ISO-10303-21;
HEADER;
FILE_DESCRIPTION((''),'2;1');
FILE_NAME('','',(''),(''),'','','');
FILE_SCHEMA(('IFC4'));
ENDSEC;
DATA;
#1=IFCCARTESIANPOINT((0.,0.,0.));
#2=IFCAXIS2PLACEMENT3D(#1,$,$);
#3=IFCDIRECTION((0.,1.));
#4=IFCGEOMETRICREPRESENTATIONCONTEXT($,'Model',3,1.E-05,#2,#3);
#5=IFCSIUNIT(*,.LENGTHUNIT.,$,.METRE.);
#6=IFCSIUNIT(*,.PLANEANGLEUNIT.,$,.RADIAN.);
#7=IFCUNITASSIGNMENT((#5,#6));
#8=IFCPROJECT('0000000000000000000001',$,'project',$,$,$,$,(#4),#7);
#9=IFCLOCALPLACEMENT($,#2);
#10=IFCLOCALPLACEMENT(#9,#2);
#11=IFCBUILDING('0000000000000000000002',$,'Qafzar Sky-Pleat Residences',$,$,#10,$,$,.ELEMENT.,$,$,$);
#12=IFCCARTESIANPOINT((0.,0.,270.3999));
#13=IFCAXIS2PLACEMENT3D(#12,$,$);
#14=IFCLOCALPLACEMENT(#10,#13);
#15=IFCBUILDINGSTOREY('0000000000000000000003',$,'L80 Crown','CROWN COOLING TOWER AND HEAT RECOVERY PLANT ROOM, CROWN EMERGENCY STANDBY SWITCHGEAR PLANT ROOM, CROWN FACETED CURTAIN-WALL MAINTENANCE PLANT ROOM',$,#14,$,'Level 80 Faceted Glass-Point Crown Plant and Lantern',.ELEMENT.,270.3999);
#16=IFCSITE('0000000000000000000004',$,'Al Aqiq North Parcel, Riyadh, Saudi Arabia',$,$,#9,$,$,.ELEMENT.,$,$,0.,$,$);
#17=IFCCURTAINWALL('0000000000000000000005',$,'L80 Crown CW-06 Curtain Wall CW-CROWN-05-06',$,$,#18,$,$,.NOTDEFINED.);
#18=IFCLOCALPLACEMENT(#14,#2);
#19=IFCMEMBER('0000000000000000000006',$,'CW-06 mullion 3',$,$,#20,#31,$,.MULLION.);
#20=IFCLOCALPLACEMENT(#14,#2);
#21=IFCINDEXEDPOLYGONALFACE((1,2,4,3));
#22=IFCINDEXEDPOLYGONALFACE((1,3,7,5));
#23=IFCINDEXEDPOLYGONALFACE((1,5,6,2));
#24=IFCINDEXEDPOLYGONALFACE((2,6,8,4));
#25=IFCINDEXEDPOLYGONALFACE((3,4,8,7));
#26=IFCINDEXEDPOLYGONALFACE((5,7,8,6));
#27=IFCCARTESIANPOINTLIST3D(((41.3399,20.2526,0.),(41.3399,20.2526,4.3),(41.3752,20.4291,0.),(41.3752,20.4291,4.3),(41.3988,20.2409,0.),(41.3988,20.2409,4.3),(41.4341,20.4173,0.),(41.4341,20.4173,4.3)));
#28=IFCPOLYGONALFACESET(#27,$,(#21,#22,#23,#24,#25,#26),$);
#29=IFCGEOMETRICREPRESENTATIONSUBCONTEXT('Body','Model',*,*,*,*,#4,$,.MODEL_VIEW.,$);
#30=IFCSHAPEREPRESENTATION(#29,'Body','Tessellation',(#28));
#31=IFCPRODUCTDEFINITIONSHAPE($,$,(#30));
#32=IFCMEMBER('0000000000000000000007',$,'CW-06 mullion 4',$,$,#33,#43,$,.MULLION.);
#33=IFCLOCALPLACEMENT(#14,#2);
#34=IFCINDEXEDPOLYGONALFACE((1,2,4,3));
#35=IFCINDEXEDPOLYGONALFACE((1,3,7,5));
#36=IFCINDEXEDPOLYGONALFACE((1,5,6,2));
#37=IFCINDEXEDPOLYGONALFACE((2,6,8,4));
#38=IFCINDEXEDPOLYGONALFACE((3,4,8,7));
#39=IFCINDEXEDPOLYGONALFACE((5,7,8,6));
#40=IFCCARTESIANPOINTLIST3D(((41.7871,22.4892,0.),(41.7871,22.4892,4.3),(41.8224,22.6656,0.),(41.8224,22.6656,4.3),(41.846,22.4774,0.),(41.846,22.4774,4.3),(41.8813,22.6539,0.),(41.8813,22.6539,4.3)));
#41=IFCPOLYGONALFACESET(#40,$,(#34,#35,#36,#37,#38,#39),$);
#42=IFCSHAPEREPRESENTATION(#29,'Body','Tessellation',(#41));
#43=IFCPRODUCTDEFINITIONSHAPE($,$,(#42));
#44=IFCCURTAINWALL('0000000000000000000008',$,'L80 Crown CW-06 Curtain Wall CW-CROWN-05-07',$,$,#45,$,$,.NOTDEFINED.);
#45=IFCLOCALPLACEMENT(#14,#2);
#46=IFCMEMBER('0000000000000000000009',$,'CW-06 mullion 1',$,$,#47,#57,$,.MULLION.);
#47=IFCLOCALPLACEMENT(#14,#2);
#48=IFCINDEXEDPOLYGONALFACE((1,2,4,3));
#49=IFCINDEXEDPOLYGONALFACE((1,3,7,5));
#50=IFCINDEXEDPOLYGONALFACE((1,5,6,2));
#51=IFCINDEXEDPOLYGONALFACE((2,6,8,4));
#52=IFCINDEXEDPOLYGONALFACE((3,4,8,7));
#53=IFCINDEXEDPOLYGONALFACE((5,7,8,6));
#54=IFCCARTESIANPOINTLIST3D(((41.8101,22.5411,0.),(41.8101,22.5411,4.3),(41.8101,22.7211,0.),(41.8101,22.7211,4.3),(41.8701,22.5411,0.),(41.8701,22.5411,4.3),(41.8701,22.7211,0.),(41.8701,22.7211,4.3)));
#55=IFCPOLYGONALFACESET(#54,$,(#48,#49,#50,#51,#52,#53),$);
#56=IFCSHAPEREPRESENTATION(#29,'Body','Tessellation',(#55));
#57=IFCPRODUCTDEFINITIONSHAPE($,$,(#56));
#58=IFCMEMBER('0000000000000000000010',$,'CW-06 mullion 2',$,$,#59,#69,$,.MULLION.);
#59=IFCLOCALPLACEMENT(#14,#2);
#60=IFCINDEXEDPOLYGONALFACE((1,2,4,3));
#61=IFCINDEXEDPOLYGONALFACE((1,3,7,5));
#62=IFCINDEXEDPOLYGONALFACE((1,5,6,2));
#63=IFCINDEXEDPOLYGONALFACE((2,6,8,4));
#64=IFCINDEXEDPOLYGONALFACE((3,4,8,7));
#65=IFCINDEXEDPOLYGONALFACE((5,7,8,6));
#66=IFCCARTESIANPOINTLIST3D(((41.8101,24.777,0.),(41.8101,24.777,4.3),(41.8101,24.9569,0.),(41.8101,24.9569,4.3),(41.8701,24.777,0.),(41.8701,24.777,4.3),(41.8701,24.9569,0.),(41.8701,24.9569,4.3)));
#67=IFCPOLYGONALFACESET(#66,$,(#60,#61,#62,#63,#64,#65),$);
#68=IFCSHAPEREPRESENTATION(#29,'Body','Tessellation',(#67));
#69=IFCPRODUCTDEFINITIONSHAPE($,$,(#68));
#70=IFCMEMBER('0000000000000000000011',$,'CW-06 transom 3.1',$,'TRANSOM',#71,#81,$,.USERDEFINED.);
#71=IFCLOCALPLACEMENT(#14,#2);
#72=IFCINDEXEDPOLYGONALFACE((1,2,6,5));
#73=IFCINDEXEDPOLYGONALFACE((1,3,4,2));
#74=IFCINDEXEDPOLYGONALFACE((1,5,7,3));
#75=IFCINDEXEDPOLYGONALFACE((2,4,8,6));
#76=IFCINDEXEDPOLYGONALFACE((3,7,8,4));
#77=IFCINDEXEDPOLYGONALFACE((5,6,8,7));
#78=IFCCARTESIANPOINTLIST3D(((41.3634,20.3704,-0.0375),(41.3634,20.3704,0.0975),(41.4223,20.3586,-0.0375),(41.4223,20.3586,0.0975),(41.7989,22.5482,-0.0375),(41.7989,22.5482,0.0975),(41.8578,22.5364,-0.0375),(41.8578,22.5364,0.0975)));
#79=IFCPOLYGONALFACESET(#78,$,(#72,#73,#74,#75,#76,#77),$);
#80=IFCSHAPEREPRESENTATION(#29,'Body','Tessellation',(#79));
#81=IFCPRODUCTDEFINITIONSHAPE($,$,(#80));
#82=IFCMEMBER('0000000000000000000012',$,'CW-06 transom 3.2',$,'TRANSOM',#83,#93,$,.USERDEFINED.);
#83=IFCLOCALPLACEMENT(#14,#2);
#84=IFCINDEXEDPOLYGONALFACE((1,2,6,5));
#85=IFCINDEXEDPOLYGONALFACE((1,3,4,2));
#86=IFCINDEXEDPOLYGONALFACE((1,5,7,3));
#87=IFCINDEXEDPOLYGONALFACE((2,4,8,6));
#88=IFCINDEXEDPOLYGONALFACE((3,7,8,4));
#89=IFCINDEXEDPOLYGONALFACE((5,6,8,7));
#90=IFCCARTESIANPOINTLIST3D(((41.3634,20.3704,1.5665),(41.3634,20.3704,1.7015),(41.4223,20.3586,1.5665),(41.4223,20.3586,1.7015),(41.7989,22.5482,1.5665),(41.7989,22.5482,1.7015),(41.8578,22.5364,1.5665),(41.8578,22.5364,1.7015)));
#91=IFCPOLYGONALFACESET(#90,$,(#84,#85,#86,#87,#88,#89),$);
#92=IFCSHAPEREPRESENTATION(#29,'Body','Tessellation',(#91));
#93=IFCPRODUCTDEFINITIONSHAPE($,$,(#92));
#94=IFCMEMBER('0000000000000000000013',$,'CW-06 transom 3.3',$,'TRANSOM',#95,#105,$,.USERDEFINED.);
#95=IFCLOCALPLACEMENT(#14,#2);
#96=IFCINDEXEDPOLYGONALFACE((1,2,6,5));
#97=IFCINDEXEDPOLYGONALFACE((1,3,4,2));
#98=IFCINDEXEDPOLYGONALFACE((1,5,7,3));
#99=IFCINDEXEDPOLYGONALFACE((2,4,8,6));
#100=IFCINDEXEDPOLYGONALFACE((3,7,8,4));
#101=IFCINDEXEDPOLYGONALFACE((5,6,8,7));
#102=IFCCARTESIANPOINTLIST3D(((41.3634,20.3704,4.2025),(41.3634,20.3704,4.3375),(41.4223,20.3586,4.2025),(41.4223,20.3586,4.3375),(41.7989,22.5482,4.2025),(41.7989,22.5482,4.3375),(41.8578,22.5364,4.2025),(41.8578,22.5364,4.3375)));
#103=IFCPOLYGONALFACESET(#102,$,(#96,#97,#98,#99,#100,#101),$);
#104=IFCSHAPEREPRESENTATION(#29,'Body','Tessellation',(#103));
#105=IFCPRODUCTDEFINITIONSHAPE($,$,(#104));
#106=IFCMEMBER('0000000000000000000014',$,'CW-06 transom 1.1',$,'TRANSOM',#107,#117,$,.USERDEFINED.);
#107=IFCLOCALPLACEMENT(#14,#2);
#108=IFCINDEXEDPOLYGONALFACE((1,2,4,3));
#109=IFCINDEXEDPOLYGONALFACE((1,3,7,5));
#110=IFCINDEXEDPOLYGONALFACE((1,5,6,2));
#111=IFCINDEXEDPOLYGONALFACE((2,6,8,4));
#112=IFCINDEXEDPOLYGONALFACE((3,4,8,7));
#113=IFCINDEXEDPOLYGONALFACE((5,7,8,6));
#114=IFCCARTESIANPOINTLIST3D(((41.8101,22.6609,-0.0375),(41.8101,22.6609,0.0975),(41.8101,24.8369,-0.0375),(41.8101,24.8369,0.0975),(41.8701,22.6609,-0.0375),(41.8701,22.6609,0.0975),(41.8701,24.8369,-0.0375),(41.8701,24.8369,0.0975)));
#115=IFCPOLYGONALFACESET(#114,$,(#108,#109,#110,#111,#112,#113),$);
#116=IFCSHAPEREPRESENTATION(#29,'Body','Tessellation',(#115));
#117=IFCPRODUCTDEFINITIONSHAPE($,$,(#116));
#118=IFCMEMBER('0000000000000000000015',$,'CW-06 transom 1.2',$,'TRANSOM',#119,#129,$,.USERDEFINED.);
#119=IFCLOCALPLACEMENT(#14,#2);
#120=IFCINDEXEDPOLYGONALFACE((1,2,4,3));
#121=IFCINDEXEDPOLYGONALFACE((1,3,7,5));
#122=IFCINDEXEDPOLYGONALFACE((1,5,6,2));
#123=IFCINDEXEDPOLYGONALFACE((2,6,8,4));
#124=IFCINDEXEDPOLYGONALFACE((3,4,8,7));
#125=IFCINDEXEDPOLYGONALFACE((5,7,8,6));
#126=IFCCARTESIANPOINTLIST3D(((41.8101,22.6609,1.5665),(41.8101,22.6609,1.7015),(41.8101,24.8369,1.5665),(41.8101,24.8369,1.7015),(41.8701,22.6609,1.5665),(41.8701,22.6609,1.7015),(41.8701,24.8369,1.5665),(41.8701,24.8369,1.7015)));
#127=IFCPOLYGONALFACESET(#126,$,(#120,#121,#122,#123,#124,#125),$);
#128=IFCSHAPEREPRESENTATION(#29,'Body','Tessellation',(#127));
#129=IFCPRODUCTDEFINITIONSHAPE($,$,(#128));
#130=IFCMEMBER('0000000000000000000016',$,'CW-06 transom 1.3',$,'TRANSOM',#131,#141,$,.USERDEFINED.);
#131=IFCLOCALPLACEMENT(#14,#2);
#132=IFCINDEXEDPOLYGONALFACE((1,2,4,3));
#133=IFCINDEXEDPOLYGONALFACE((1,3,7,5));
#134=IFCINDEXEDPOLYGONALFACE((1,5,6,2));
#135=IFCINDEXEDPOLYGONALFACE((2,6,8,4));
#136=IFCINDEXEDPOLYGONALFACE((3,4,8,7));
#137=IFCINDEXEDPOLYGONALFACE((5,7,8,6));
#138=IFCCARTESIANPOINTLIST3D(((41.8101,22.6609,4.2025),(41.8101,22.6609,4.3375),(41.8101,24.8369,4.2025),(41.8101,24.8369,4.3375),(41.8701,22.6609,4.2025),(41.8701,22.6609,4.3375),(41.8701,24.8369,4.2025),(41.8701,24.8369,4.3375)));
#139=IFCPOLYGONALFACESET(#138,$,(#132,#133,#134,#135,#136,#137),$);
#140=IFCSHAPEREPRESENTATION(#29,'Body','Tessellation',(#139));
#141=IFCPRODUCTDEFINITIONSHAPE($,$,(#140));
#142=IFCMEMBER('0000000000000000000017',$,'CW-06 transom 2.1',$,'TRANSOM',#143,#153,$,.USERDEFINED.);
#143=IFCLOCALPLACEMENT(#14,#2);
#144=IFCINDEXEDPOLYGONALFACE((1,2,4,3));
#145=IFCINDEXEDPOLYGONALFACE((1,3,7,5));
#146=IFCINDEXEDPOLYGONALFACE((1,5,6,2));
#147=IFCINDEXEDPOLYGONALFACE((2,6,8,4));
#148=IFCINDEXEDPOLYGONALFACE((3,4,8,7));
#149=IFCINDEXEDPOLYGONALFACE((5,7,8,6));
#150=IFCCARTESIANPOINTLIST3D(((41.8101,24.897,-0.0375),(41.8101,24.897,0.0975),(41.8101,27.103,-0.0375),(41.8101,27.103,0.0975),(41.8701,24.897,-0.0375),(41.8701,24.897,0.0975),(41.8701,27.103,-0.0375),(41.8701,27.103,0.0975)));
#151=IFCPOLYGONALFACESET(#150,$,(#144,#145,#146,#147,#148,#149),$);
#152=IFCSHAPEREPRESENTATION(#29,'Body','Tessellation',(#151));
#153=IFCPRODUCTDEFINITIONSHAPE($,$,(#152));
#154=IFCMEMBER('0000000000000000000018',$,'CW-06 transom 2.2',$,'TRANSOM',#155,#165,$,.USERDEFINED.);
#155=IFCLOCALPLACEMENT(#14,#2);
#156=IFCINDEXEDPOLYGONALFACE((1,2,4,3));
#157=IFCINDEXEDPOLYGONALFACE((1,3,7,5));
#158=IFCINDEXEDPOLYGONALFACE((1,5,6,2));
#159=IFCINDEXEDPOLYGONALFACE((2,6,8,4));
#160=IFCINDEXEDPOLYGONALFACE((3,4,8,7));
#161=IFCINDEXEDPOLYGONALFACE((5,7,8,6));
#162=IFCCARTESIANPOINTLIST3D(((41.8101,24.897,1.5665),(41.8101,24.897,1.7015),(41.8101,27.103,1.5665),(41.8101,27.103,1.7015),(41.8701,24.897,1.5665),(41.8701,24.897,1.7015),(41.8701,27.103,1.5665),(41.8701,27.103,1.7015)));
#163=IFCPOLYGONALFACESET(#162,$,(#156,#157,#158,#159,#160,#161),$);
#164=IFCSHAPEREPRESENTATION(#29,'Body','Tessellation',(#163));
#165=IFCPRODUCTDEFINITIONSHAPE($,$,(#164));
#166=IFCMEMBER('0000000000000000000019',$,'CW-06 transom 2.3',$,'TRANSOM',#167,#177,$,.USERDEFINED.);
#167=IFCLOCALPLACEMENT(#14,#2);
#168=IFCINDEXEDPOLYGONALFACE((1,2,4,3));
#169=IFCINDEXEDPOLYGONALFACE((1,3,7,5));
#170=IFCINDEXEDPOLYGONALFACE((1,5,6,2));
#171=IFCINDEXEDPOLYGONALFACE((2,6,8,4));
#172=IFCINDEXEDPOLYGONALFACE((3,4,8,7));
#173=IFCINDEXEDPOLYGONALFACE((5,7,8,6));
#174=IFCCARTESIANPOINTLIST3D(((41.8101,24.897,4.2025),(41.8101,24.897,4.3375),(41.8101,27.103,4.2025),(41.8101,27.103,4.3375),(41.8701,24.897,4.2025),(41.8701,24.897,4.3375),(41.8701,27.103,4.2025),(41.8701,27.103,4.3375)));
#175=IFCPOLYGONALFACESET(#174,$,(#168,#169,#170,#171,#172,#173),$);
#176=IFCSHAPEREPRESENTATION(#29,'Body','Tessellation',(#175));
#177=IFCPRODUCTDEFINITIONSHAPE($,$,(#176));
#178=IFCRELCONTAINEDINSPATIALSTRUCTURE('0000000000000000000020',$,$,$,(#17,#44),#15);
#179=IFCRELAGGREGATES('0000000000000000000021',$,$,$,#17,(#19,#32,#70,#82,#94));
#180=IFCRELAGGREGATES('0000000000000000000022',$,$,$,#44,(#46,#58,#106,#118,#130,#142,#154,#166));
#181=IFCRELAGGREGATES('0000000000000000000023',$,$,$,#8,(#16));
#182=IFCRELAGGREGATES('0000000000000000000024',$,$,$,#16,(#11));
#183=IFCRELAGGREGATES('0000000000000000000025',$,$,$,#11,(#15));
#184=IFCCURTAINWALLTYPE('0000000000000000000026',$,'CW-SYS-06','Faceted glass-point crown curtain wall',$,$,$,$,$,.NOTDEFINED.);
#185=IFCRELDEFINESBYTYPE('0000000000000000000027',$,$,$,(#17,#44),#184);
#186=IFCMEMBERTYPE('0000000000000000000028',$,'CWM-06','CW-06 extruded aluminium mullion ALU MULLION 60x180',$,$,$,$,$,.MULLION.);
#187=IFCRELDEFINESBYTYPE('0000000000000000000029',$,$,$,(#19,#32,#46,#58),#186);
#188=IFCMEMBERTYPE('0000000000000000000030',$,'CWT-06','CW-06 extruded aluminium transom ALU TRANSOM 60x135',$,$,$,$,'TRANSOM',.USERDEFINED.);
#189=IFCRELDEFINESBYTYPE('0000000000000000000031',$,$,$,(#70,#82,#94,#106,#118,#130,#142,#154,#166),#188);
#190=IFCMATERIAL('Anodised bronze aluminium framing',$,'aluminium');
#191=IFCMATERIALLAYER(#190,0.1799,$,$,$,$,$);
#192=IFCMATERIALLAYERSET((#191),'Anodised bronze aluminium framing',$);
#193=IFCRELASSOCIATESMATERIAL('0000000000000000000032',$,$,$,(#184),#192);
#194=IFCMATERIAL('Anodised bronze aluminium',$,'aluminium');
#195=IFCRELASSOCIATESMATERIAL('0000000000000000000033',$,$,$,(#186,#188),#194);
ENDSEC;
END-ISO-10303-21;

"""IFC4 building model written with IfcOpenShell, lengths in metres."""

from ifc_helpers import new_model, si_unit, direction, frame, origin, origin_2d, place, context, subcontext, project, spatial, rectangle, extrude, source, transform, mapped, material, layer, layer_set, material_profile, profile_set, type_object, element, aggregate, save


model = new_model("IFC4")

# Units and contexts
model_context = context("Model", 3, precision=1e-05, world=origin(), true_north=direction((0.0, 1.0)))
body_context = subcontext(model_context, "Body", "Model", "MODEL_VIEW")
ifc_project = project(units=[si_unit("LENGTHUNIT", "METRE"), si_unit("PLANEANGLEUNIT", "RADIAN")], contexts=[model_context])

# Site, building, storey
site_placement = place(None, origin())
site = spatial("IfcSite", under=ifc_project, at=site_placement, Name="Al Aqiq North Parcel, Riyadh, Saudi Arabia", CompositionType="ELEMENT", RefElevation=0.0)
building_placement = place(site_placement, origin())
building = spatial("IfcBuilding", under=site, at=building_placement, Name="Qafzar Sky-Pleat Residences", CompositionType="ELEMENT")
storey_placement = place(building_placement, frame((0.0, 0.0, 270.3999)))
storey = spatial("IfcBuildingStorey", under=building, at=storey_placement, Name="L80 Crown", Description="CROWN COOLING TOWER AND HEAT RECOVERY PLANT ROOM, CROWN EMERGENCY STANDBY SWITCHGEAR PLANT ROOM, CROWN FACETED CURTAIN-WALL MAINTENANCE PLANT ROOM", LongName="Level 80 Faceted Glass-Point Crown Plant and Lantern", CompositionType="ELEMENT", Elevation=270.3999)

# Curtain walls, members
ifc_material_1 = material(Name="Anodised bronze aluminium framing", Category="aluminium")
ifc_layer_1 = layer(ifc_material_1, 0.1799)
ifc_layer_set_1 = layer_set([ifc_layer_1], Name="Anodised bronze aluminium framing")
curtain_wall_type = type_object("IfcCurtainWallType", Name="CW-SYS-06", Description="Faceted glass-point crown curtain wall", PredefinedType="NOTDEFINED", material=ifc_layer_set_1)
curtain_wall_1_placement = place(storey_placement, origin())
curtain_wall_1 = element("IfcCurtainWall", 1, at=curtain_wall_1_placement, inside=storey, type_object=curtain_wall_type, Name="L80 Crown CW-06 Curtain Wall CW-CROWN-05-06", PredefinedType="NOTDEFINED")
ifc_material_2 = material(Name="Anodised bronze aluminium", Category="aluminium")
ifc_material_profile_1 = material_profile(ifc_material_2, rectangle(XDim=0.0601, YDim=0.1799, at=origin_2d()), Name="ALU MULLION 60x180")
ifc_profile_set_1 = profile_set([ifc_material_profile_1], Name="Anodised bronze aluminium")
member_type_1 = type_object("IfcMemberType", Name="CWM-06", Description="CW-06 extruded aluminium mullion ALU MULLION 60x180", PredefinedType="MULLION", material=ifc_profile_set_1)
shared_shape_1 = source(origin(), body_context, "Body", "SweptSolid", [
    extrude(rectangle(XDim=0.0601, YDim=0.1799, at=origin_2d()), origin(), (0.0, 0.0, 1.0), 4.3),
])
member_1_placement = place(storey_placement, frame((41.387, 20.335, 0.0), z_axis=(0.0, 0.0, 1.0), x_axis=(-0.980581, 0.196116, 0.0)))
member_1 = element("IfcMember", 2, at=member_1_placement, type_object=member_type_1, Name="CW-06 mullion 3", PredefinedType="MULLION", context=body_context, shape_type="MappedRepresentation", body=[
    mapped(shared_shape_1, transform((0.0, 0.0, 0.0), x_axis=(1.0, 0.0, 0.0), y_axis=(0.0, 1.0, 0.0), z_axis=(0.0, 0.0, 1.0), scale=1.0)),
])
member_2_placement = place(storey_placement, frame((41.8342, 22.5715, 0.0), z_axis=(0.0, 0.0, 1.0), x_axis=(-0.980581, 0.196116, 0.0)))
member_2 = element("IfcMember", 3, at=member_2_placement, type_object=member_type_1, Name="CW-06 mullion 4", PredefinedType="MULLION", context=body_context, shape_type="MappedRepresentation", body=[
    mapped(shared_shape_1, transform((0.0, 0.0, 0.0), x_axis=(1.0, 0.0, 0.0), y_axis=(0.0, 1.0, 0.0), z_axis=(0.0, 0.0, 1.0), scale=1.0)),
])
curtain_wall_2_placement = place(storey_placement, origin())
curtain_wall_2 = element("IfcCurtainWall", 4, at=curtain_wall_2_placement, inside=storey, type_object=curtain_wall_type, Name="L80 Crown CW-06 Curtain Wall CW-CROWN-05-07", PredefinedType="NOTDEFINED")
member_3_placement = place(storey_placement, frame((41.8401, 22.6311, 0.0), z_axis=(0.0, 0.0, 1.0), x_axis=(-1.0, 0.0, 0.0)))
member_3 = element("IfcMember", 5, at=member_3_placement, type_object=member_type_1, Name="CW-06 mullion 1", PredefinedType="MULLION", context=body_context, shape_type="MappedRepresentation", body=[
    mapped(shared_shape_1, transform((0.0, 0.0, 0.0), x_axis=(1.0, 0.0, 0.0), y_axis=(0.0, 1.0, 0.0), z_axis=(0.0, 0.0, 1.0), scale=1.0)),
])
member_4_placement = place(storey_placement, frame((41.8401, 24.8669, 0.0), z_axis=(0.0, 0.0, 1.0), x_axis=(-1.0, 0.0, 0.0)))
member_4 = element("IfcMember", 6, at=member_4_placement, type_object=member_type_1, Name="CW-06 mullion 2", PredefinedType="MULLION", context=body_context, shape_type="MappedRepresentation", body=[
    mapped(shared_shape_1, transform((0.0, 0.0, 0.0), x_axis=(1.0, 0.0, 0.0), y_axis=(0.0, 1.0, 0.0), z_axis=(0.0, 0.0, 1.0), scale=1.0)),
])

# Members
ifc_material_profile_2 = material_profile(ifc_material_2, rectangle(XDim=0.0601, YDim=0.135, at=origin_2d()), Name="ALU TRANSOM 60x135")
ifc_profile_set_2 = profile_set([ifc_material_profile_2], Name="Anodised bronze aluminium")
member_type_2 = type_object("IfcMemberType", Name="CWT-06", Description="CW-06 extruded aluminium transom ALU TRANSOM 60x135", ElementType="TRANSOM", PredefinedType="USERDEFINED", material=ifc_profile_set_2)
shared_shape_2 = source(origin(), body_context, "Body", "SweptSolid", [
    extrude(rectangle(XDim=0.0601, YDim=0.135, at=origin_2d()), origin(), (0.0, 0.0, 1.0), 2.2209),
])
member_5_placement = place(storey_placement, frame((41.3928, 20.3645, 0.03), z_axis=(0.196116, 0.980581, 0.0), x_axis=(-0.980581, 0.196116, 0.0)))
member_5 = element("IfcMember", 7, at=member_5_placement, type_object=member_type_2, Name="CW-06 transom 3.1", ObjectType="TRANSOM", PredefinedType="USERDEFINED", context=body_context, shape_type="MappedRepresentation", body=[
    mapped(shared_shape_2, transform((0.0, 0.0, 0.0), x_axis=(1.0, 0.0, 0.0), y_axis=(0.0, 1.0, 0.0), z_axis=(0.0, 0.0, 1.0), scale=1.0)),
])
member_6_placement = place(storey_placement, frame((41.3928, 20.3645, 1.634), z_axis=(0.196116, 0.980581, 0.0), x_axis=(-0.980581, 0.196116, 0.0)))
member_6 = element("IfcMember", 8, at=member_6_placement, type_object=member_type_2, Name="CW-06 transom 3.2", ObjectType="TRANSOM", PredefinedType="USERDEFINED", context=body_context, shape_type="MappedRepresentation", body=[
    mapped(shared_shape_2, transform((0.0, 0.0, 0.0), x_axis=(1.0, 0.0, 0.0), y_axis=(0.0, 1.0, 0.0), z_axis=(0.0, 0.0, 1.0), scale=1.0)),
])
member_7_placement = place(storey_placement, frame((41.3928, 20.3645, 4.27), z_axis=(0.196116, 0.980581, 0.0), x_axis=(-0.980581, 0.196116, 0.0)))
member_7 = element("IfcMember", 9, at=member_7_placement, type_object=member_type_2, Name="CW-06 transom 3.3", ObjectType="TRANSOM", PredefinedType="USERDEFINED", context=body_context, shape_type="MappedRepresentation", body=[
    mapped(shared_shape_2, transform((0.0, 0.0, 0.0), x_axis=(1.0, 0.0, 0.0), y_axis=(0.0, 1.0, 0.0), z_axis=(0.0, 0.0, 1.0), scale=1.0)),
])
shared_shape_3 = source(origin(), body_context, "Body", "SweptSolid", [
    extrude(rectangle(XDim=0.0601, YDim=0.135, at=origin_2d()), origin(), (0.0, 0.0, 1.0), 2.176),
])
member_8_placement = place(storey_placement, frame((41.8401, 22.6609, 0.03), z_axis=(0.0, 1.0, 0.0), x_axis=(-1.0, 0.0, 0.0)))
member_8 = element("IfcMember", 10, at=member_8_placement, type_object=member_type_2, Name="CW-06 transom 1.1", ObjectType="TRANSOM", PredefinedType="USERDEFINED", context=body_context, shape_type="MappedRepresentation", body=[
    mapped(shared_shape_3, transform((0.0, 0.0, 0.0), x_axis=(1.0, 0.0, 0.0), y_axis=(0.0, 1.0, 0.0), z_axis=(0.0, 0.0, 1.0), scale=1.0)),
])
member_9_placement = place(storey_placement, frame((41.8401, 22.6609, 1.634), z_axis=(0.0, 1.0, 0.0), x_axis=(-1.0, 0.0, 0.0)))
member_9 = element("IfcMember", 11, at=member_9_placement, type_object=member_type_2, Name="CW-06 transom 1.2", ObjectType="TRANSOM", PredefinedType="USERDEFINED", context=body_context, shape_type="MappedRepresentation", body=[
    mapped(shared_shape_3, transform((0.0, 0.0, 0.0), x_axis=(1.0, 0.0, 0.0), y_axis=(0.0, 1.0, 0.0), z_axis=(0.0, 0.0, 1.0), scale=1.0)),
])
member_10_placement = place(storey_placement, frame((41.8401, 22.6609, 4.27), z_axis=(0.0, 1.0, 0.0), x_axis=(-1.0, 0.0, 0.0)))
member_10 = element("IfcMember", 12, at=member_10_placement, type_object=member_type_2, Name="CW-06 transom 1.3", ObjectType="TRANSOM", PredefinedType="USERDEFINED", context=body_context, shape_type="MappedRepresentation", body=[
    mapped(shared_shape_3, transform((0.0, 0.0, 0.0), x_axis=(1.0, 0.0, 0.0), y_axis=(0.0, 1.0, 0.0), z_axis=(0.0, 0.0, 1.0), scale=1.0)),
])
shared_shape_4 = source(origin(), body_context, "Body", "SweptSolid", [
    extrude(rectangle(XDim=0.0601, YDim=0.135, at=origin_2d()), origin(), (0.0, 0.0, 1.0), 2.2061),
])
member_11_placement = place(storey_placement, frame((41.8401, 24.897, 0.03), z_axis=(0.0, 1.0, 0.0), x_axis=(-1.0, 0.0, 0.0)))
member_11 = element("IfcMember", 13, at=member_11_placement, type_object=member_type_2, Name="CW-06 transom 2.1", ObjectType="TRANSOM", PredefinedType="USERDEFINED", context=body_context, shape_type="MappedRepresentation", body=[
    mapped(shared_shape_4, transform((0.0, 0.0, 0.0), x_axis=(1.0, 0.0, 0.0), y_axis=(0.0, 1.0, 0.0), z_axis=(0.0, 0.0, 1.0), scale=1.0)),
])
member_12_placement = place(storey_placement, frame((41.8401, 24.897, 1.634), z_axis=(0.0, 1.0, 0.0), x_axis=(-1.0, 0.0, 0.0)))
member_12 = element("IfcMember", 14, at=member_12_placement, type_object=member_type_2, Name="CW-06 transom 2.2", ObjectType="TRANSOM", PredefinedType="USERDEFINED", context=body_context, shape_type="MappedRepresentation", body=[
    mapped(shared_shape_4, transform((0.0, 0.0, 0.0), x_axis=(1.0, 0.0, 0.0), y_axis=(0.0, 1.0, 0.0), z_axis=(0.0, 0.0, 1.0), scale=1.0)),
])
member_13_placement = place(storey_placement, frame((41.8401, 24.897, 4.27), z_axis=(0.0, 1.0, 0.0), x_axis=(-1.0, 0.0, 0.0)))
member_13 = element("IfcMember", 15, at=member_13_placement, type_object=member_type_2, Name="CW-06 transom 2.3", ObjectType="TRANSOM", PredefinedType="USERDEFINED", context=body_context, shape_type="MappedRepresentation", body=[
    mapped(shared_shape_4, transform((0.0, 0.0, 0.0), x_axis=(1.0, 0.0, 0.0), y_axis=(0.0, 1.0, 0.0), z_axis=(0.0, 0.0, 1.0), scale=1.0)),
])

aggregate(curtain_wall_1, [member_1, member_2, member_5, member_6, member_7])
aggregate(curtain_wall_2, [member_3, member_4, member_8, member_9, member_10, member_11, member_12, member_13])

save(model, "model.ifc")
